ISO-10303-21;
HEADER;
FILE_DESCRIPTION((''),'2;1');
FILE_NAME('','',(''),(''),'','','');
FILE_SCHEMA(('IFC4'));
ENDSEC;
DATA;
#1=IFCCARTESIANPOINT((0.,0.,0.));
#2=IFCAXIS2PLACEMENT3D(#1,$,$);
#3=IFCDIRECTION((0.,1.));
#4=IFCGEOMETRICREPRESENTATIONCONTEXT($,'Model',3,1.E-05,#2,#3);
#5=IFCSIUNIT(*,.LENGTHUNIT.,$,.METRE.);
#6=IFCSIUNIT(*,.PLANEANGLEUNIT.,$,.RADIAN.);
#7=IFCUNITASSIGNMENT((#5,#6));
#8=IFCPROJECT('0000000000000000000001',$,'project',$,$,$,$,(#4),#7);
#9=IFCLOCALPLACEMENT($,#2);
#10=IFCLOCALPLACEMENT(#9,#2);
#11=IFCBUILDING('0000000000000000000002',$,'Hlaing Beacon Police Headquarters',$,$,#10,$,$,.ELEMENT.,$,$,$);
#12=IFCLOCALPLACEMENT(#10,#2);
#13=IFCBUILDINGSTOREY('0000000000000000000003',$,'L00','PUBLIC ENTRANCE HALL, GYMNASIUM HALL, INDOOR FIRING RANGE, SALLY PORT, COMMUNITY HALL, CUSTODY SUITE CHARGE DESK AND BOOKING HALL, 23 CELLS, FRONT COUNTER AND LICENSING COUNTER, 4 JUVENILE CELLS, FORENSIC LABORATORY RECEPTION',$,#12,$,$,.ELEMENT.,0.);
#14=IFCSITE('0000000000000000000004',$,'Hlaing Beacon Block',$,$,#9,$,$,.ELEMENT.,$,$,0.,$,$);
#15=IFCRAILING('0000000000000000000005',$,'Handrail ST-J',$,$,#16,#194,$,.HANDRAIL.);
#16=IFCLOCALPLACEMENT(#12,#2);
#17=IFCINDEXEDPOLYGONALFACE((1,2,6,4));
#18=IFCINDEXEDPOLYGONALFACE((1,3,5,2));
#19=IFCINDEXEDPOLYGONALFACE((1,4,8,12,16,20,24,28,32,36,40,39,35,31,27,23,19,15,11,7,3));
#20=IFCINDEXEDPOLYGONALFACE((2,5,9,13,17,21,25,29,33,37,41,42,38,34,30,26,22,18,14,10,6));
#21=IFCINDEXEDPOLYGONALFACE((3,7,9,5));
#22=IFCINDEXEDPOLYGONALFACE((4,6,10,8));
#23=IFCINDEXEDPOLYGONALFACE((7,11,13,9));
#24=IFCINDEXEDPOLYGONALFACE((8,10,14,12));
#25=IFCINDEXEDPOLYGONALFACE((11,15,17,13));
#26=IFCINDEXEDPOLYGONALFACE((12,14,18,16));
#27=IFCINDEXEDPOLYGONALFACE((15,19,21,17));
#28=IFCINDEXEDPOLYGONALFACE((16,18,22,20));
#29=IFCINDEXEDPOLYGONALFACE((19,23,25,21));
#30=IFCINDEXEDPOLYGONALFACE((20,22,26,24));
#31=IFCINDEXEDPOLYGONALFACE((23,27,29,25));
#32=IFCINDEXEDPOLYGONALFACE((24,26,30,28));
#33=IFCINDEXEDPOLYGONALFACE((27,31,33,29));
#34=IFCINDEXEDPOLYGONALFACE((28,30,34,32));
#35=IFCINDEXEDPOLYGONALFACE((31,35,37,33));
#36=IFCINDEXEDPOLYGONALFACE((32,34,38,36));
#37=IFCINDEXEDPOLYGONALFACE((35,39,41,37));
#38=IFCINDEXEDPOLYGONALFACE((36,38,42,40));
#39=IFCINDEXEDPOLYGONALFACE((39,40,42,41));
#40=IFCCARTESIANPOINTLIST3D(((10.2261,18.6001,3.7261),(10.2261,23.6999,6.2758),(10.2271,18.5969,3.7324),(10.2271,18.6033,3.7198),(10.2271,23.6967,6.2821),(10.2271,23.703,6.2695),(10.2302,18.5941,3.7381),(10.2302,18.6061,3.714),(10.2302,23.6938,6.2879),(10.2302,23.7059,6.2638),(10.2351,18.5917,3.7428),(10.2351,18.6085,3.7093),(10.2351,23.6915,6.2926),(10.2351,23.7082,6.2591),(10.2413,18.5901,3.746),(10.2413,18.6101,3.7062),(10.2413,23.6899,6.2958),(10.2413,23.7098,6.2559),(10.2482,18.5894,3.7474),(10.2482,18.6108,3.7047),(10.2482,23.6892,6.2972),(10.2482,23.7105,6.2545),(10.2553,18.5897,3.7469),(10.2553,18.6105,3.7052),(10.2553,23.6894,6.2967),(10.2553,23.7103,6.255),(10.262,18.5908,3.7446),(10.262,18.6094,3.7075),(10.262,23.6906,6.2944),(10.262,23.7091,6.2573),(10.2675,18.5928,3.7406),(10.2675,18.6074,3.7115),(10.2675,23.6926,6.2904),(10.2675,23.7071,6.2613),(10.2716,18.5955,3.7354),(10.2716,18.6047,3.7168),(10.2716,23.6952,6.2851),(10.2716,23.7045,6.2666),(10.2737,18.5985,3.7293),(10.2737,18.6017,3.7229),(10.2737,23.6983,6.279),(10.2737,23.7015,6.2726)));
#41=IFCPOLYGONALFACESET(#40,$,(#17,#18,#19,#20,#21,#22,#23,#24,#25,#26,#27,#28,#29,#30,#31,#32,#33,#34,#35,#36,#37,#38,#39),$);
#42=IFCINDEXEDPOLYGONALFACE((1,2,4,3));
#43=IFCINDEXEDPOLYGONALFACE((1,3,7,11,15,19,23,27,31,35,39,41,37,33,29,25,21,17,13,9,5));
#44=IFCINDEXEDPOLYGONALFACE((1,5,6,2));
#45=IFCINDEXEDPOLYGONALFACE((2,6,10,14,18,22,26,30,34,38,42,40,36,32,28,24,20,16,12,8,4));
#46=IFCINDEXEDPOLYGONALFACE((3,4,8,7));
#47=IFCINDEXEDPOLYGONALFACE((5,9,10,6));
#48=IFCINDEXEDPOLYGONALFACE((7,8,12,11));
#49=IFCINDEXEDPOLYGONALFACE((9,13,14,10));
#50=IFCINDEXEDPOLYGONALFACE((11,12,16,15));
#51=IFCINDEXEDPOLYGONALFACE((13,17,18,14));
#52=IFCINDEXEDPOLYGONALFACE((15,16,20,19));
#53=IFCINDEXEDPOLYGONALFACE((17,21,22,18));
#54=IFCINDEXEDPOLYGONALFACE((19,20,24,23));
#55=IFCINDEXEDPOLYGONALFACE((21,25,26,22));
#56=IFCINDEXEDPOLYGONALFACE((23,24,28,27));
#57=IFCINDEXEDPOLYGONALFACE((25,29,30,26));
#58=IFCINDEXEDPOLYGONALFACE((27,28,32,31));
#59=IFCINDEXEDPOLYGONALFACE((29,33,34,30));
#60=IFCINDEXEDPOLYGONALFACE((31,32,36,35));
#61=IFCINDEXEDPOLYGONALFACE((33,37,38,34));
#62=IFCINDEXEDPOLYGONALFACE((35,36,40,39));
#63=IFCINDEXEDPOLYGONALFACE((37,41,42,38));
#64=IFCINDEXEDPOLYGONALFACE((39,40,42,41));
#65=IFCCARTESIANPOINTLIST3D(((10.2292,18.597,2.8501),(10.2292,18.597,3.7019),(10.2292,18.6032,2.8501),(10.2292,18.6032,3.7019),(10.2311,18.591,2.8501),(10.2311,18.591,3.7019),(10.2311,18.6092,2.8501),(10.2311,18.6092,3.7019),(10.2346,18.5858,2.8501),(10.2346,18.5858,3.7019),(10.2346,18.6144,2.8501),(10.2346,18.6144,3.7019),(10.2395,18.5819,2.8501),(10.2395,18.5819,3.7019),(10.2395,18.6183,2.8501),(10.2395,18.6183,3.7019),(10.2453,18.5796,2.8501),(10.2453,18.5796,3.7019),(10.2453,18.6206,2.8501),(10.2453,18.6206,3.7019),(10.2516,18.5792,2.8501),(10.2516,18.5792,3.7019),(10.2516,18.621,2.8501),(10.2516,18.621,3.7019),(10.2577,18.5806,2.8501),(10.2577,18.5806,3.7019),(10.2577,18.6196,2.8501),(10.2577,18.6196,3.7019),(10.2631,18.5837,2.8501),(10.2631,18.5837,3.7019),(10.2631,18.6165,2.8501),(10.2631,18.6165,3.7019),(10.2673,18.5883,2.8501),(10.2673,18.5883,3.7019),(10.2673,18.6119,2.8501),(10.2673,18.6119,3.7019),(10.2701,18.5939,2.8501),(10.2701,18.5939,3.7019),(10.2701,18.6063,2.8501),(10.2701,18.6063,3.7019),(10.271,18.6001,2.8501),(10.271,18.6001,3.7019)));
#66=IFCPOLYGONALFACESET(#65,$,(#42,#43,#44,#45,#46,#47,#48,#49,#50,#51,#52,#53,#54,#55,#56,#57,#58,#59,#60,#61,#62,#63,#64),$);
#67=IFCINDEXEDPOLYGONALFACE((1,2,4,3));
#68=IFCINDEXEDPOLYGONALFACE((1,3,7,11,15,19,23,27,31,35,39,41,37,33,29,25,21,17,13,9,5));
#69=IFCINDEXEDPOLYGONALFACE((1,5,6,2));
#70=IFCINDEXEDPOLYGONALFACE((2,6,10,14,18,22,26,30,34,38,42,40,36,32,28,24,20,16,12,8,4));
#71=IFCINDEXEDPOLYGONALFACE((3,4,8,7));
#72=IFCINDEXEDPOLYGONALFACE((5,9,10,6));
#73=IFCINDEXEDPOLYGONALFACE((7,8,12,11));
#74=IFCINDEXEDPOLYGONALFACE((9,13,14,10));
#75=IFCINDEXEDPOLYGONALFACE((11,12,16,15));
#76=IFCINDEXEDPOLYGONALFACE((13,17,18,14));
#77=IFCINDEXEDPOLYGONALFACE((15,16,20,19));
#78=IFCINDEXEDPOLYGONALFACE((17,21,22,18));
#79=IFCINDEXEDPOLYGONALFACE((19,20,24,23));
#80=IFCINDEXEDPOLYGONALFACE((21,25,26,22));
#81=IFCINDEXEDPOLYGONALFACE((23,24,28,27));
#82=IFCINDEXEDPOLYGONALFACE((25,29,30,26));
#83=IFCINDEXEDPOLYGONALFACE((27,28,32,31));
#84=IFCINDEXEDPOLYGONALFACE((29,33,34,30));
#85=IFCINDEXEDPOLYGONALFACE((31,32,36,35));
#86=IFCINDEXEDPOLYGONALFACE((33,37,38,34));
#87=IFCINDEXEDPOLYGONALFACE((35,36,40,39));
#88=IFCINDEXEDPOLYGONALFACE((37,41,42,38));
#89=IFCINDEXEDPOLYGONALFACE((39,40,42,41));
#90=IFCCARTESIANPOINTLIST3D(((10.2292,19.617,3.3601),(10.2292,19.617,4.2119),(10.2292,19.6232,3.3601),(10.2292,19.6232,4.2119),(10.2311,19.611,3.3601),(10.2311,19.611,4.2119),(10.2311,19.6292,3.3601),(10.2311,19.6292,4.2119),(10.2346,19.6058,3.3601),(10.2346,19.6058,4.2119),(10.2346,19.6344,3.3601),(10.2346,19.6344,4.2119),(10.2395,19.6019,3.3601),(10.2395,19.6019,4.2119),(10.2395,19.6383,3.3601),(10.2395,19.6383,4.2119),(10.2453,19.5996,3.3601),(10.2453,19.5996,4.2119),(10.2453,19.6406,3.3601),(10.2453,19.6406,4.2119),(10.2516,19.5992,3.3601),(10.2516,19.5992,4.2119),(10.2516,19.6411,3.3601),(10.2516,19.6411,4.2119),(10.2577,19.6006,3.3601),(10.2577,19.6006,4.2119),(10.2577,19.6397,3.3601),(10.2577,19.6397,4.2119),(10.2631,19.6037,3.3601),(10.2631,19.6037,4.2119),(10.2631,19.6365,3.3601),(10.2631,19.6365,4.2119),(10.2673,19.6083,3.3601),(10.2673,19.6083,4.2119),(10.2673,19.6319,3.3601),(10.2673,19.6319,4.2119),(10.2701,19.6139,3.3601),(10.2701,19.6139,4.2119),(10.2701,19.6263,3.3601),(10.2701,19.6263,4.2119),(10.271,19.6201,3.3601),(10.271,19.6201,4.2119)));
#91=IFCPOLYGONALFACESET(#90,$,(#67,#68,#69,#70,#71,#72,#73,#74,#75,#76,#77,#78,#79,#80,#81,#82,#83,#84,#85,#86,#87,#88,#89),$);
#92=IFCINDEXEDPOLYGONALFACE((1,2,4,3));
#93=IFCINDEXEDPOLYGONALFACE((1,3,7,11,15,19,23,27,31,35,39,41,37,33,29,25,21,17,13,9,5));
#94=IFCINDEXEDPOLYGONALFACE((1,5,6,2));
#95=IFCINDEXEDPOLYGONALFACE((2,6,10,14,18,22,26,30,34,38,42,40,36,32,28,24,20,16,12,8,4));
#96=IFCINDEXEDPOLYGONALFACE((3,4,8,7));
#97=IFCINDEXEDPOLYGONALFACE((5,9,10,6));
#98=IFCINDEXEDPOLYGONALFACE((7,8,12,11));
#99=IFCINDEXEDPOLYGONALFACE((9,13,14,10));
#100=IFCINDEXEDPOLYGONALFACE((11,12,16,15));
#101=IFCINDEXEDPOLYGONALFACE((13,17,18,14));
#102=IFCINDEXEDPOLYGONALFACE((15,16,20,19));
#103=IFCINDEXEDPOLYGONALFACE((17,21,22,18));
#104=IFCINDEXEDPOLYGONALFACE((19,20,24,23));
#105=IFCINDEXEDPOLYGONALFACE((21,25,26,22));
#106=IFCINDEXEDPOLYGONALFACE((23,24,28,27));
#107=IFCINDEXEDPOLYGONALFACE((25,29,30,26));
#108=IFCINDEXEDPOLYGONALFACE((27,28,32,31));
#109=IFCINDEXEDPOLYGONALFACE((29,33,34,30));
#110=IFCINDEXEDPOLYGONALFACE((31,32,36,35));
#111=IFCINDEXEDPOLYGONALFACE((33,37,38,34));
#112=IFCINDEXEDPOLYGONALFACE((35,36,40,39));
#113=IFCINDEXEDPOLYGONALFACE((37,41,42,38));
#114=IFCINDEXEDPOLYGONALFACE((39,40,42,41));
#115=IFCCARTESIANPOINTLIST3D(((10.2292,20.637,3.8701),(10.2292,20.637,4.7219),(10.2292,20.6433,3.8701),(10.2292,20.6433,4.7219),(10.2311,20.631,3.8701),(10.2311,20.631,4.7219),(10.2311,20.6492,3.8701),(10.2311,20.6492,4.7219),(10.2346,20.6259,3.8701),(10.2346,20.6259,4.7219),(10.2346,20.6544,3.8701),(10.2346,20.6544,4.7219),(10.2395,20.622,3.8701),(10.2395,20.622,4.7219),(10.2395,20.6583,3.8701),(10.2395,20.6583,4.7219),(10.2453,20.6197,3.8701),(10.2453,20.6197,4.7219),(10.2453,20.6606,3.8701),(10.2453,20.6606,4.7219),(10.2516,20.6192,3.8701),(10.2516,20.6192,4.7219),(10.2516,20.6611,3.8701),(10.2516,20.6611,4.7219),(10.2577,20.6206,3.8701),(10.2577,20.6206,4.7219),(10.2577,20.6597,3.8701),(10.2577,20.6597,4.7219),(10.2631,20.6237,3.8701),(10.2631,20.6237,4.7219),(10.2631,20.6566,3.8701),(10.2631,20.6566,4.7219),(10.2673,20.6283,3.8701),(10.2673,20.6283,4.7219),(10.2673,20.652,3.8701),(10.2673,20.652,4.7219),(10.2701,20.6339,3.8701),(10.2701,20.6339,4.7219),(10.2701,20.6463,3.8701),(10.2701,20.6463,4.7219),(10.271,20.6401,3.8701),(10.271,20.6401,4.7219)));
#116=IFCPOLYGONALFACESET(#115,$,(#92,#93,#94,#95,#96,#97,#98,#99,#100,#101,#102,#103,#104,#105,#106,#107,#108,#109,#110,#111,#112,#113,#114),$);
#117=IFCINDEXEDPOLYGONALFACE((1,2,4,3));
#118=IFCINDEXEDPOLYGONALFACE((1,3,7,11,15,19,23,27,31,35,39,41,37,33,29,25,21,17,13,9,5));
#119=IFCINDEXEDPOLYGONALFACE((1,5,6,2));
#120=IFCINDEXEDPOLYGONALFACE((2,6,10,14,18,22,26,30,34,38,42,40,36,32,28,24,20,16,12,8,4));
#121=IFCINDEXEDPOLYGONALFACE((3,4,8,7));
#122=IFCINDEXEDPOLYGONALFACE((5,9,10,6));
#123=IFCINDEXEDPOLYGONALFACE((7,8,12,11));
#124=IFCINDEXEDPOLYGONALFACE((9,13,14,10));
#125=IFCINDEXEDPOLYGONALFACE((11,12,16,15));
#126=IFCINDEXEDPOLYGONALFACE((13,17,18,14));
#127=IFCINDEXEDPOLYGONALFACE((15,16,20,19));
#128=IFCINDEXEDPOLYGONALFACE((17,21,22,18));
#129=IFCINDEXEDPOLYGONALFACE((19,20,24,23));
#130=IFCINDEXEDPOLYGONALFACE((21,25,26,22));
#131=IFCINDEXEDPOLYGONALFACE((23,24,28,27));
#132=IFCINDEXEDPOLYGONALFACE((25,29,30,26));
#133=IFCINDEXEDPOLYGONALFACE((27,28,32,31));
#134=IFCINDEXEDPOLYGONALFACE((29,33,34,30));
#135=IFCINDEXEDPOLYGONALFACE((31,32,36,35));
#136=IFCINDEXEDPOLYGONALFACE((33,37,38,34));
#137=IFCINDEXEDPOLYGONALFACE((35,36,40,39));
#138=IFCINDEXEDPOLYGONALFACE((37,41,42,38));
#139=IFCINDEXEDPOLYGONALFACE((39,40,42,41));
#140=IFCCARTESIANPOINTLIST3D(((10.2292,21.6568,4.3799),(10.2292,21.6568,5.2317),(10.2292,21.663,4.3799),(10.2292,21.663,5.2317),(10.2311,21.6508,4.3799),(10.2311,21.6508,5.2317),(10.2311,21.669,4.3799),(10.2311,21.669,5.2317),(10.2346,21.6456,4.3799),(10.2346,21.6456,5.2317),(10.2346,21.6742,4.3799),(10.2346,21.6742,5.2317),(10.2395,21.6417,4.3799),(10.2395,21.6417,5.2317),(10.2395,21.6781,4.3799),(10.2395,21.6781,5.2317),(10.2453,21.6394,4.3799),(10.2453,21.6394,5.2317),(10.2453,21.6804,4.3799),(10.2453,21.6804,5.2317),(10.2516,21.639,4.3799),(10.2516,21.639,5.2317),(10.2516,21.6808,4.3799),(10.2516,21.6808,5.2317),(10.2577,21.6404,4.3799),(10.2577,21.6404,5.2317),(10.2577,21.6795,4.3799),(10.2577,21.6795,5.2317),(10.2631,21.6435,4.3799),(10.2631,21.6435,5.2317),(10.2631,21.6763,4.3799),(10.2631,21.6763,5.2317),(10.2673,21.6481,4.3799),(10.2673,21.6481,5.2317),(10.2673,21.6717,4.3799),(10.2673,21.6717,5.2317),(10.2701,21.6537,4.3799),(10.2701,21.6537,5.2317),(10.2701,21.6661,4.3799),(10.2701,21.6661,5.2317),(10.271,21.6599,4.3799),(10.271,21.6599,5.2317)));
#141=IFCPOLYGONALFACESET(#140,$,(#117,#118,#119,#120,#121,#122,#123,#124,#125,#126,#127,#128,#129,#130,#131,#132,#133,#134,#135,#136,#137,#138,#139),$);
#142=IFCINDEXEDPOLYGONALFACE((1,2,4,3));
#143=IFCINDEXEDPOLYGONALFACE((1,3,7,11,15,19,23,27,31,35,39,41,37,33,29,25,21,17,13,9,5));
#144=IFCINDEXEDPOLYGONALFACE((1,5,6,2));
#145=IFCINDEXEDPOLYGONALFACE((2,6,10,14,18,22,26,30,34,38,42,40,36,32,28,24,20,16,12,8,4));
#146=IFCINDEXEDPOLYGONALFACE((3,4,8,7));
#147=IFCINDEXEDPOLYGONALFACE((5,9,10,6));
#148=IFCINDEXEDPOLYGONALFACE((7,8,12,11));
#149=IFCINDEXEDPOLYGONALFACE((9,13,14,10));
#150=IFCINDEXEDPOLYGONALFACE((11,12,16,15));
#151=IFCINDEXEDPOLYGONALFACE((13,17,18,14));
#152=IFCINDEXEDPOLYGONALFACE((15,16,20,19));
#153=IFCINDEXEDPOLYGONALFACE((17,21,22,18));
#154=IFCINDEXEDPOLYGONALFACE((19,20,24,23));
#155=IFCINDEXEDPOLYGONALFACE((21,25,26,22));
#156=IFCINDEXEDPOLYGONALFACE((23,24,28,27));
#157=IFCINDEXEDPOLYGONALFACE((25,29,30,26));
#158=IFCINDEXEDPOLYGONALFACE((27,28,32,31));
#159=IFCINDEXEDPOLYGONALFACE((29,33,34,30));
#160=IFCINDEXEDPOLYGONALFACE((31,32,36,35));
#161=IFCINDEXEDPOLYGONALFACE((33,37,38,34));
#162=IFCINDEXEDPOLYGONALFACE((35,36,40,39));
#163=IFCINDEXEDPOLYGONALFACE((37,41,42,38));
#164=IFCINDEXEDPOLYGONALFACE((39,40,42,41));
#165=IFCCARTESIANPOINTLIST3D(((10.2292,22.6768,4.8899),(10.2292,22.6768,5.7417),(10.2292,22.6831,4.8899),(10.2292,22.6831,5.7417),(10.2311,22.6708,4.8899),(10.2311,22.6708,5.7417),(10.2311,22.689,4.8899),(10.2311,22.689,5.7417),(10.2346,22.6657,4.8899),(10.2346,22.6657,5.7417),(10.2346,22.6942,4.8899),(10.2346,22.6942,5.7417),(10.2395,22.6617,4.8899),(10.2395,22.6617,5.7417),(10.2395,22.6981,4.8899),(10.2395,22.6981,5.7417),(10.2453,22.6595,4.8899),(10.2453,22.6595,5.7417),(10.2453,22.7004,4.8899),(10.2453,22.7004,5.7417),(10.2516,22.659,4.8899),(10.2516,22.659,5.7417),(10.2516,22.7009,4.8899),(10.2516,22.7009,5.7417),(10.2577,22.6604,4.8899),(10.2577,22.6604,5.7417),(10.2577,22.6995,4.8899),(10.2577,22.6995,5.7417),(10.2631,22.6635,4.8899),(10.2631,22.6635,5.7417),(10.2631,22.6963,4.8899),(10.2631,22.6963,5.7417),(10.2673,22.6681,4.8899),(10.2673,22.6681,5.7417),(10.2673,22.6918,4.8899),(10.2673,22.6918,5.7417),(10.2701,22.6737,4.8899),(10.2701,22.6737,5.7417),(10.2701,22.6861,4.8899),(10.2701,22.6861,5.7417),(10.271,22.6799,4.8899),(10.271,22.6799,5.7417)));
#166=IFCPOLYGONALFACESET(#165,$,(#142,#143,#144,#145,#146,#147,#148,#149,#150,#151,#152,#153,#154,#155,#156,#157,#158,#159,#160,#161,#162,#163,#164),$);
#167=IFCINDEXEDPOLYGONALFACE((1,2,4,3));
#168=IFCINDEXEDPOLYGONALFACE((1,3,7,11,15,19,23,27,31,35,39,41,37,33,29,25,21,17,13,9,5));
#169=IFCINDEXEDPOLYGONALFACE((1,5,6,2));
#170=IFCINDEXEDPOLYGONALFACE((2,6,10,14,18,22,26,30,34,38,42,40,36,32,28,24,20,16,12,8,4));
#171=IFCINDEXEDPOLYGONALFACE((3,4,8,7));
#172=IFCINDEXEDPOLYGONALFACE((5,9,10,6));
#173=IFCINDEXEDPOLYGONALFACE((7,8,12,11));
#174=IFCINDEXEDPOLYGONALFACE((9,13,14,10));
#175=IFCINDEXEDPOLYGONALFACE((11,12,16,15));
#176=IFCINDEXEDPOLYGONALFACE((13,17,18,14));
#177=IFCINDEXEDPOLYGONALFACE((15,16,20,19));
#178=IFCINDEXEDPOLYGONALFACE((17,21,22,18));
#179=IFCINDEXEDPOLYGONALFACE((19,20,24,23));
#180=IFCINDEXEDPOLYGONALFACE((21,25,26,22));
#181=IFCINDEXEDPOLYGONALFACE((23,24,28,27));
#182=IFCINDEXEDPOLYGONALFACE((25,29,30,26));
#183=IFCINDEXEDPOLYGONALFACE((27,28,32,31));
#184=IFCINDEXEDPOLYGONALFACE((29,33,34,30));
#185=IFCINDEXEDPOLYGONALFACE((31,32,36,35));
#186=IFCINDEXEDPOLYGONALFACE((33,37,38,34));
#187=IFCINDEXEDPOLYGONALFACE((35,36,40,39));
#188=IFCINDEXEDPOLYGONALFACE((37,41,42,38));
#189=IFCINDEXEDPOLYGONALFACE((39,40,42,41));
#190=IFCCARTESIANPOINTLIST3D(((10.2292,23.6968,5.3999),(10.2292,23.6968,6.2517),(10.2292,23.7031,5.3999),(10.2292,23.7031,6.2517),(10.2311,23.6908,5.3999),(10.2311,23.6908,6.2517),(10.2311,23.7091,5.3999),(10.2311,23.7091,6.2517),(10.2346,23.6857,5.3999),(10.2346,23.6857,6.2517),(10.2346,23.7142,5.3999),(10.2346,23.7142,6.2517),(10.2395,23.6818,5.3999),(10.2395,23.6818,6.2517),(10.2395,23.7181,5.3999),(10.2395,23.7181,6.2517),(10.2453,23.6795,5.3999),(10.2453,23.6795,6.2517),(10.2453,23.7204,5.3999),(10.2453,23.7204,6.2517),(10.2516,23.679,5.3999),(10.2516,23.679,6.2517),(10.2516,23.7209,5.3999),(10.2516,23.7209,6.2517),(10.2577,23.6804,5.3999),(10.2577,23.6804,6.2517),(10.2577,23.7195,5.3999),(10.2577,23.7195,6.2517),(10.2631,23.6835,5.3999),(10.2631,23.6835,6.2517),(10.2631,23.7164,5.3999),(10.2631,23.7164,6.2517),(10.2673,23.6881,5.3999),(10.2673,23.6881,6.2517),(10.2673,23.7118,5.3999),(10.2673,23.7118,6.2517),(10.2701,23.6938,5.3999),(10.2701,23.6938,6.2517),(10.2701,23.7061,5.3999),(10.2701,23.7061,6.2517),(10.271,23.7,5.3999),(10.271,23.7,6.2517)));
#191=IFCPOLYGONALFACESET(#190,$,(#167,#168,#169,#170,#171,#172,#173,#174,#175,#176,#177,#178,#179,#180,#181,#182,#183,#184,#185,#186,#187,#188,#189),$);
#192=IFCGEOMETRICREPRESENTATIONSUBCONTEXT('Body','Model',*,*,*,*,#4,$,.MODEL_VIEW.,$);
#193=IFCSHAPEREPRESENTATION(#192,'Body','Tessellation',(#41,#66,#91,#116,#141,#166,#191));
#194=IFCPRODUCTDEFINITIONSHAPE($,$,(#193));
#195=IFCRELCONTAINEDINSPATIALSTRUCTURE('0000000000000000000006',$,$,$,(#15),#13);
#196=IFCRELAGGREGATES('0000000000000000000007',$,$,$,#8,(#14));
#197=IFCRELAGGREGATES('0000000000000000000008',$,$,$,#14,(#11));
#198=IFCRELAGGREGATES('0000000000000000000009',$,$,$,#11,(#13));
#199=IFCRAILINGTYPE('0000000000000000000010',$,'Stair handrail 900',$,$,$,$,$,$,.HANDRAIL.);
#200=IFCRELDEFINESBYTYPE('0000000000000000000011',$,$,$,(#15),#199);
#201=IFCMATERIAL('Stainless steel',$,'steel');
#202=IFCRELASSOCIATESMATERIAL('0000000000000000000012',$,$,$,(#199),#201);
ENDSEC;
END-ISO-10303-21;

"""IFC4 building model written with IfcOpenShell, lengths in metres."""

from ifc_helpers import new_model, si_unit, direction, frame, origin, origin_2d, place, context, subcontext, project, spatial, circle, extrude, material, type_object, element, save


model = new_model("IFC4")

# Units and contexts
model_context = context("Model", 3, precision=1e-05, world=origin(), true_north=direction((0.0, 1.0)))
body_context = subcontext(model_context, "Body", "Model", "MODEL_VIEW")
ifc_project = project(units=[si_unit("LENGTHUNIT", "METRE"), si_unit("PLANEANGLEUNIT", "RADIAN")], contexts=[model_context])

# Site, building, storey
site_placement = place(None, origin())
site = spatial("IfcSite", under=ifc_project, at=site_placement, Name="Hlaing Beacon Block", CompositionType="ELEMENT", RefElevation=0.0)
building_placement = place(site_placement, origin())
building = spatial("IfcBuilding", under=site, at=building_placement, Name="Hlaing Beacon Police Headquarters", CompositionType="ELEMENT")
storey_placement = place(building_placement, origin())
storey = spatial("IfcBuildingStorey", under=building, at=storey_placement, Name="L00", Description="PUBLIC ENTRANCE HALL, GYMNASIUM HALL, INDOOR FIRING RANGE, SALLY PORT, COMMUNITY HALL, CUSTODY SUITE CHARGE DESK AND BOOKING HALL, 23 CELLS, FRONT COUNTER AND LICENSING COUNTER, 4 JUVENILE CELLS, FORENSIC LABORATORY RECEPTION", CompositionType="ELEMENT", Elevation=0.0)

# Railing
ifc_material_1 = material(Name="Stainless steel", Category="steel")
railing_type = type_object("IfcRailingType", Name="Stair handrail 900", PredefinedType="HANDRAIL", material=ifc_material_1)
railing_placement = place(storey_placement, frame((10.25, 18.6001, 2.8501)))
element("IfcRailing", 1, at=railing_placement, inside=storey, type_object=railing_type, Name="Handrail ST-J", PredefinedType="HANDRAIL", context=body_context, shape_type="SweptSolid", body=[
    extrude(circle(Radius=0.0239, at=origin_2d()), frame((0.0, 0.0, 0.876), z_axis=(0.0, 0.894436, 0.447196), x_axis=(-1.0, 0.0, 0.0)), (0.0, 0.0, 1.0), 5.7017),
    extrude(circle(Radius=0.021, at=origin_2d()), origin(), (0.0, 0.0, 1.0), 0.8518),
    extrude(circle(Radius=0.021, at=origin_2d()), frame((0.0, 1.02, 0.51)), (0.0, 0.0, 1.0), 0.8518),
    extrude(circle(Radius=0.021, at=origin_2d()), frame((0.0, 2.04, 1.02)), (0.0, 0.0, 1.0), 0.8518),
    extrude(circle(Radius=0.021, at=origin_2d()), frame((0.0, 3.0598, 1.5298)), (0.0, 0.0, 1.0), 0.8518),
    extrude(circle(Radius=0.021, at=origin_2d()), frame((0.0, 4.0798, 2.0398)), (0.0, 0.0, 1.0), 0.8518),
    extrude(circle(Radius=0.021, at=origin_2d()), frame((0.0, 5.0999, 2.5498)), (0.0, 0.0, 1.0), 0.8518),
])

save(model, "model.ifc")
